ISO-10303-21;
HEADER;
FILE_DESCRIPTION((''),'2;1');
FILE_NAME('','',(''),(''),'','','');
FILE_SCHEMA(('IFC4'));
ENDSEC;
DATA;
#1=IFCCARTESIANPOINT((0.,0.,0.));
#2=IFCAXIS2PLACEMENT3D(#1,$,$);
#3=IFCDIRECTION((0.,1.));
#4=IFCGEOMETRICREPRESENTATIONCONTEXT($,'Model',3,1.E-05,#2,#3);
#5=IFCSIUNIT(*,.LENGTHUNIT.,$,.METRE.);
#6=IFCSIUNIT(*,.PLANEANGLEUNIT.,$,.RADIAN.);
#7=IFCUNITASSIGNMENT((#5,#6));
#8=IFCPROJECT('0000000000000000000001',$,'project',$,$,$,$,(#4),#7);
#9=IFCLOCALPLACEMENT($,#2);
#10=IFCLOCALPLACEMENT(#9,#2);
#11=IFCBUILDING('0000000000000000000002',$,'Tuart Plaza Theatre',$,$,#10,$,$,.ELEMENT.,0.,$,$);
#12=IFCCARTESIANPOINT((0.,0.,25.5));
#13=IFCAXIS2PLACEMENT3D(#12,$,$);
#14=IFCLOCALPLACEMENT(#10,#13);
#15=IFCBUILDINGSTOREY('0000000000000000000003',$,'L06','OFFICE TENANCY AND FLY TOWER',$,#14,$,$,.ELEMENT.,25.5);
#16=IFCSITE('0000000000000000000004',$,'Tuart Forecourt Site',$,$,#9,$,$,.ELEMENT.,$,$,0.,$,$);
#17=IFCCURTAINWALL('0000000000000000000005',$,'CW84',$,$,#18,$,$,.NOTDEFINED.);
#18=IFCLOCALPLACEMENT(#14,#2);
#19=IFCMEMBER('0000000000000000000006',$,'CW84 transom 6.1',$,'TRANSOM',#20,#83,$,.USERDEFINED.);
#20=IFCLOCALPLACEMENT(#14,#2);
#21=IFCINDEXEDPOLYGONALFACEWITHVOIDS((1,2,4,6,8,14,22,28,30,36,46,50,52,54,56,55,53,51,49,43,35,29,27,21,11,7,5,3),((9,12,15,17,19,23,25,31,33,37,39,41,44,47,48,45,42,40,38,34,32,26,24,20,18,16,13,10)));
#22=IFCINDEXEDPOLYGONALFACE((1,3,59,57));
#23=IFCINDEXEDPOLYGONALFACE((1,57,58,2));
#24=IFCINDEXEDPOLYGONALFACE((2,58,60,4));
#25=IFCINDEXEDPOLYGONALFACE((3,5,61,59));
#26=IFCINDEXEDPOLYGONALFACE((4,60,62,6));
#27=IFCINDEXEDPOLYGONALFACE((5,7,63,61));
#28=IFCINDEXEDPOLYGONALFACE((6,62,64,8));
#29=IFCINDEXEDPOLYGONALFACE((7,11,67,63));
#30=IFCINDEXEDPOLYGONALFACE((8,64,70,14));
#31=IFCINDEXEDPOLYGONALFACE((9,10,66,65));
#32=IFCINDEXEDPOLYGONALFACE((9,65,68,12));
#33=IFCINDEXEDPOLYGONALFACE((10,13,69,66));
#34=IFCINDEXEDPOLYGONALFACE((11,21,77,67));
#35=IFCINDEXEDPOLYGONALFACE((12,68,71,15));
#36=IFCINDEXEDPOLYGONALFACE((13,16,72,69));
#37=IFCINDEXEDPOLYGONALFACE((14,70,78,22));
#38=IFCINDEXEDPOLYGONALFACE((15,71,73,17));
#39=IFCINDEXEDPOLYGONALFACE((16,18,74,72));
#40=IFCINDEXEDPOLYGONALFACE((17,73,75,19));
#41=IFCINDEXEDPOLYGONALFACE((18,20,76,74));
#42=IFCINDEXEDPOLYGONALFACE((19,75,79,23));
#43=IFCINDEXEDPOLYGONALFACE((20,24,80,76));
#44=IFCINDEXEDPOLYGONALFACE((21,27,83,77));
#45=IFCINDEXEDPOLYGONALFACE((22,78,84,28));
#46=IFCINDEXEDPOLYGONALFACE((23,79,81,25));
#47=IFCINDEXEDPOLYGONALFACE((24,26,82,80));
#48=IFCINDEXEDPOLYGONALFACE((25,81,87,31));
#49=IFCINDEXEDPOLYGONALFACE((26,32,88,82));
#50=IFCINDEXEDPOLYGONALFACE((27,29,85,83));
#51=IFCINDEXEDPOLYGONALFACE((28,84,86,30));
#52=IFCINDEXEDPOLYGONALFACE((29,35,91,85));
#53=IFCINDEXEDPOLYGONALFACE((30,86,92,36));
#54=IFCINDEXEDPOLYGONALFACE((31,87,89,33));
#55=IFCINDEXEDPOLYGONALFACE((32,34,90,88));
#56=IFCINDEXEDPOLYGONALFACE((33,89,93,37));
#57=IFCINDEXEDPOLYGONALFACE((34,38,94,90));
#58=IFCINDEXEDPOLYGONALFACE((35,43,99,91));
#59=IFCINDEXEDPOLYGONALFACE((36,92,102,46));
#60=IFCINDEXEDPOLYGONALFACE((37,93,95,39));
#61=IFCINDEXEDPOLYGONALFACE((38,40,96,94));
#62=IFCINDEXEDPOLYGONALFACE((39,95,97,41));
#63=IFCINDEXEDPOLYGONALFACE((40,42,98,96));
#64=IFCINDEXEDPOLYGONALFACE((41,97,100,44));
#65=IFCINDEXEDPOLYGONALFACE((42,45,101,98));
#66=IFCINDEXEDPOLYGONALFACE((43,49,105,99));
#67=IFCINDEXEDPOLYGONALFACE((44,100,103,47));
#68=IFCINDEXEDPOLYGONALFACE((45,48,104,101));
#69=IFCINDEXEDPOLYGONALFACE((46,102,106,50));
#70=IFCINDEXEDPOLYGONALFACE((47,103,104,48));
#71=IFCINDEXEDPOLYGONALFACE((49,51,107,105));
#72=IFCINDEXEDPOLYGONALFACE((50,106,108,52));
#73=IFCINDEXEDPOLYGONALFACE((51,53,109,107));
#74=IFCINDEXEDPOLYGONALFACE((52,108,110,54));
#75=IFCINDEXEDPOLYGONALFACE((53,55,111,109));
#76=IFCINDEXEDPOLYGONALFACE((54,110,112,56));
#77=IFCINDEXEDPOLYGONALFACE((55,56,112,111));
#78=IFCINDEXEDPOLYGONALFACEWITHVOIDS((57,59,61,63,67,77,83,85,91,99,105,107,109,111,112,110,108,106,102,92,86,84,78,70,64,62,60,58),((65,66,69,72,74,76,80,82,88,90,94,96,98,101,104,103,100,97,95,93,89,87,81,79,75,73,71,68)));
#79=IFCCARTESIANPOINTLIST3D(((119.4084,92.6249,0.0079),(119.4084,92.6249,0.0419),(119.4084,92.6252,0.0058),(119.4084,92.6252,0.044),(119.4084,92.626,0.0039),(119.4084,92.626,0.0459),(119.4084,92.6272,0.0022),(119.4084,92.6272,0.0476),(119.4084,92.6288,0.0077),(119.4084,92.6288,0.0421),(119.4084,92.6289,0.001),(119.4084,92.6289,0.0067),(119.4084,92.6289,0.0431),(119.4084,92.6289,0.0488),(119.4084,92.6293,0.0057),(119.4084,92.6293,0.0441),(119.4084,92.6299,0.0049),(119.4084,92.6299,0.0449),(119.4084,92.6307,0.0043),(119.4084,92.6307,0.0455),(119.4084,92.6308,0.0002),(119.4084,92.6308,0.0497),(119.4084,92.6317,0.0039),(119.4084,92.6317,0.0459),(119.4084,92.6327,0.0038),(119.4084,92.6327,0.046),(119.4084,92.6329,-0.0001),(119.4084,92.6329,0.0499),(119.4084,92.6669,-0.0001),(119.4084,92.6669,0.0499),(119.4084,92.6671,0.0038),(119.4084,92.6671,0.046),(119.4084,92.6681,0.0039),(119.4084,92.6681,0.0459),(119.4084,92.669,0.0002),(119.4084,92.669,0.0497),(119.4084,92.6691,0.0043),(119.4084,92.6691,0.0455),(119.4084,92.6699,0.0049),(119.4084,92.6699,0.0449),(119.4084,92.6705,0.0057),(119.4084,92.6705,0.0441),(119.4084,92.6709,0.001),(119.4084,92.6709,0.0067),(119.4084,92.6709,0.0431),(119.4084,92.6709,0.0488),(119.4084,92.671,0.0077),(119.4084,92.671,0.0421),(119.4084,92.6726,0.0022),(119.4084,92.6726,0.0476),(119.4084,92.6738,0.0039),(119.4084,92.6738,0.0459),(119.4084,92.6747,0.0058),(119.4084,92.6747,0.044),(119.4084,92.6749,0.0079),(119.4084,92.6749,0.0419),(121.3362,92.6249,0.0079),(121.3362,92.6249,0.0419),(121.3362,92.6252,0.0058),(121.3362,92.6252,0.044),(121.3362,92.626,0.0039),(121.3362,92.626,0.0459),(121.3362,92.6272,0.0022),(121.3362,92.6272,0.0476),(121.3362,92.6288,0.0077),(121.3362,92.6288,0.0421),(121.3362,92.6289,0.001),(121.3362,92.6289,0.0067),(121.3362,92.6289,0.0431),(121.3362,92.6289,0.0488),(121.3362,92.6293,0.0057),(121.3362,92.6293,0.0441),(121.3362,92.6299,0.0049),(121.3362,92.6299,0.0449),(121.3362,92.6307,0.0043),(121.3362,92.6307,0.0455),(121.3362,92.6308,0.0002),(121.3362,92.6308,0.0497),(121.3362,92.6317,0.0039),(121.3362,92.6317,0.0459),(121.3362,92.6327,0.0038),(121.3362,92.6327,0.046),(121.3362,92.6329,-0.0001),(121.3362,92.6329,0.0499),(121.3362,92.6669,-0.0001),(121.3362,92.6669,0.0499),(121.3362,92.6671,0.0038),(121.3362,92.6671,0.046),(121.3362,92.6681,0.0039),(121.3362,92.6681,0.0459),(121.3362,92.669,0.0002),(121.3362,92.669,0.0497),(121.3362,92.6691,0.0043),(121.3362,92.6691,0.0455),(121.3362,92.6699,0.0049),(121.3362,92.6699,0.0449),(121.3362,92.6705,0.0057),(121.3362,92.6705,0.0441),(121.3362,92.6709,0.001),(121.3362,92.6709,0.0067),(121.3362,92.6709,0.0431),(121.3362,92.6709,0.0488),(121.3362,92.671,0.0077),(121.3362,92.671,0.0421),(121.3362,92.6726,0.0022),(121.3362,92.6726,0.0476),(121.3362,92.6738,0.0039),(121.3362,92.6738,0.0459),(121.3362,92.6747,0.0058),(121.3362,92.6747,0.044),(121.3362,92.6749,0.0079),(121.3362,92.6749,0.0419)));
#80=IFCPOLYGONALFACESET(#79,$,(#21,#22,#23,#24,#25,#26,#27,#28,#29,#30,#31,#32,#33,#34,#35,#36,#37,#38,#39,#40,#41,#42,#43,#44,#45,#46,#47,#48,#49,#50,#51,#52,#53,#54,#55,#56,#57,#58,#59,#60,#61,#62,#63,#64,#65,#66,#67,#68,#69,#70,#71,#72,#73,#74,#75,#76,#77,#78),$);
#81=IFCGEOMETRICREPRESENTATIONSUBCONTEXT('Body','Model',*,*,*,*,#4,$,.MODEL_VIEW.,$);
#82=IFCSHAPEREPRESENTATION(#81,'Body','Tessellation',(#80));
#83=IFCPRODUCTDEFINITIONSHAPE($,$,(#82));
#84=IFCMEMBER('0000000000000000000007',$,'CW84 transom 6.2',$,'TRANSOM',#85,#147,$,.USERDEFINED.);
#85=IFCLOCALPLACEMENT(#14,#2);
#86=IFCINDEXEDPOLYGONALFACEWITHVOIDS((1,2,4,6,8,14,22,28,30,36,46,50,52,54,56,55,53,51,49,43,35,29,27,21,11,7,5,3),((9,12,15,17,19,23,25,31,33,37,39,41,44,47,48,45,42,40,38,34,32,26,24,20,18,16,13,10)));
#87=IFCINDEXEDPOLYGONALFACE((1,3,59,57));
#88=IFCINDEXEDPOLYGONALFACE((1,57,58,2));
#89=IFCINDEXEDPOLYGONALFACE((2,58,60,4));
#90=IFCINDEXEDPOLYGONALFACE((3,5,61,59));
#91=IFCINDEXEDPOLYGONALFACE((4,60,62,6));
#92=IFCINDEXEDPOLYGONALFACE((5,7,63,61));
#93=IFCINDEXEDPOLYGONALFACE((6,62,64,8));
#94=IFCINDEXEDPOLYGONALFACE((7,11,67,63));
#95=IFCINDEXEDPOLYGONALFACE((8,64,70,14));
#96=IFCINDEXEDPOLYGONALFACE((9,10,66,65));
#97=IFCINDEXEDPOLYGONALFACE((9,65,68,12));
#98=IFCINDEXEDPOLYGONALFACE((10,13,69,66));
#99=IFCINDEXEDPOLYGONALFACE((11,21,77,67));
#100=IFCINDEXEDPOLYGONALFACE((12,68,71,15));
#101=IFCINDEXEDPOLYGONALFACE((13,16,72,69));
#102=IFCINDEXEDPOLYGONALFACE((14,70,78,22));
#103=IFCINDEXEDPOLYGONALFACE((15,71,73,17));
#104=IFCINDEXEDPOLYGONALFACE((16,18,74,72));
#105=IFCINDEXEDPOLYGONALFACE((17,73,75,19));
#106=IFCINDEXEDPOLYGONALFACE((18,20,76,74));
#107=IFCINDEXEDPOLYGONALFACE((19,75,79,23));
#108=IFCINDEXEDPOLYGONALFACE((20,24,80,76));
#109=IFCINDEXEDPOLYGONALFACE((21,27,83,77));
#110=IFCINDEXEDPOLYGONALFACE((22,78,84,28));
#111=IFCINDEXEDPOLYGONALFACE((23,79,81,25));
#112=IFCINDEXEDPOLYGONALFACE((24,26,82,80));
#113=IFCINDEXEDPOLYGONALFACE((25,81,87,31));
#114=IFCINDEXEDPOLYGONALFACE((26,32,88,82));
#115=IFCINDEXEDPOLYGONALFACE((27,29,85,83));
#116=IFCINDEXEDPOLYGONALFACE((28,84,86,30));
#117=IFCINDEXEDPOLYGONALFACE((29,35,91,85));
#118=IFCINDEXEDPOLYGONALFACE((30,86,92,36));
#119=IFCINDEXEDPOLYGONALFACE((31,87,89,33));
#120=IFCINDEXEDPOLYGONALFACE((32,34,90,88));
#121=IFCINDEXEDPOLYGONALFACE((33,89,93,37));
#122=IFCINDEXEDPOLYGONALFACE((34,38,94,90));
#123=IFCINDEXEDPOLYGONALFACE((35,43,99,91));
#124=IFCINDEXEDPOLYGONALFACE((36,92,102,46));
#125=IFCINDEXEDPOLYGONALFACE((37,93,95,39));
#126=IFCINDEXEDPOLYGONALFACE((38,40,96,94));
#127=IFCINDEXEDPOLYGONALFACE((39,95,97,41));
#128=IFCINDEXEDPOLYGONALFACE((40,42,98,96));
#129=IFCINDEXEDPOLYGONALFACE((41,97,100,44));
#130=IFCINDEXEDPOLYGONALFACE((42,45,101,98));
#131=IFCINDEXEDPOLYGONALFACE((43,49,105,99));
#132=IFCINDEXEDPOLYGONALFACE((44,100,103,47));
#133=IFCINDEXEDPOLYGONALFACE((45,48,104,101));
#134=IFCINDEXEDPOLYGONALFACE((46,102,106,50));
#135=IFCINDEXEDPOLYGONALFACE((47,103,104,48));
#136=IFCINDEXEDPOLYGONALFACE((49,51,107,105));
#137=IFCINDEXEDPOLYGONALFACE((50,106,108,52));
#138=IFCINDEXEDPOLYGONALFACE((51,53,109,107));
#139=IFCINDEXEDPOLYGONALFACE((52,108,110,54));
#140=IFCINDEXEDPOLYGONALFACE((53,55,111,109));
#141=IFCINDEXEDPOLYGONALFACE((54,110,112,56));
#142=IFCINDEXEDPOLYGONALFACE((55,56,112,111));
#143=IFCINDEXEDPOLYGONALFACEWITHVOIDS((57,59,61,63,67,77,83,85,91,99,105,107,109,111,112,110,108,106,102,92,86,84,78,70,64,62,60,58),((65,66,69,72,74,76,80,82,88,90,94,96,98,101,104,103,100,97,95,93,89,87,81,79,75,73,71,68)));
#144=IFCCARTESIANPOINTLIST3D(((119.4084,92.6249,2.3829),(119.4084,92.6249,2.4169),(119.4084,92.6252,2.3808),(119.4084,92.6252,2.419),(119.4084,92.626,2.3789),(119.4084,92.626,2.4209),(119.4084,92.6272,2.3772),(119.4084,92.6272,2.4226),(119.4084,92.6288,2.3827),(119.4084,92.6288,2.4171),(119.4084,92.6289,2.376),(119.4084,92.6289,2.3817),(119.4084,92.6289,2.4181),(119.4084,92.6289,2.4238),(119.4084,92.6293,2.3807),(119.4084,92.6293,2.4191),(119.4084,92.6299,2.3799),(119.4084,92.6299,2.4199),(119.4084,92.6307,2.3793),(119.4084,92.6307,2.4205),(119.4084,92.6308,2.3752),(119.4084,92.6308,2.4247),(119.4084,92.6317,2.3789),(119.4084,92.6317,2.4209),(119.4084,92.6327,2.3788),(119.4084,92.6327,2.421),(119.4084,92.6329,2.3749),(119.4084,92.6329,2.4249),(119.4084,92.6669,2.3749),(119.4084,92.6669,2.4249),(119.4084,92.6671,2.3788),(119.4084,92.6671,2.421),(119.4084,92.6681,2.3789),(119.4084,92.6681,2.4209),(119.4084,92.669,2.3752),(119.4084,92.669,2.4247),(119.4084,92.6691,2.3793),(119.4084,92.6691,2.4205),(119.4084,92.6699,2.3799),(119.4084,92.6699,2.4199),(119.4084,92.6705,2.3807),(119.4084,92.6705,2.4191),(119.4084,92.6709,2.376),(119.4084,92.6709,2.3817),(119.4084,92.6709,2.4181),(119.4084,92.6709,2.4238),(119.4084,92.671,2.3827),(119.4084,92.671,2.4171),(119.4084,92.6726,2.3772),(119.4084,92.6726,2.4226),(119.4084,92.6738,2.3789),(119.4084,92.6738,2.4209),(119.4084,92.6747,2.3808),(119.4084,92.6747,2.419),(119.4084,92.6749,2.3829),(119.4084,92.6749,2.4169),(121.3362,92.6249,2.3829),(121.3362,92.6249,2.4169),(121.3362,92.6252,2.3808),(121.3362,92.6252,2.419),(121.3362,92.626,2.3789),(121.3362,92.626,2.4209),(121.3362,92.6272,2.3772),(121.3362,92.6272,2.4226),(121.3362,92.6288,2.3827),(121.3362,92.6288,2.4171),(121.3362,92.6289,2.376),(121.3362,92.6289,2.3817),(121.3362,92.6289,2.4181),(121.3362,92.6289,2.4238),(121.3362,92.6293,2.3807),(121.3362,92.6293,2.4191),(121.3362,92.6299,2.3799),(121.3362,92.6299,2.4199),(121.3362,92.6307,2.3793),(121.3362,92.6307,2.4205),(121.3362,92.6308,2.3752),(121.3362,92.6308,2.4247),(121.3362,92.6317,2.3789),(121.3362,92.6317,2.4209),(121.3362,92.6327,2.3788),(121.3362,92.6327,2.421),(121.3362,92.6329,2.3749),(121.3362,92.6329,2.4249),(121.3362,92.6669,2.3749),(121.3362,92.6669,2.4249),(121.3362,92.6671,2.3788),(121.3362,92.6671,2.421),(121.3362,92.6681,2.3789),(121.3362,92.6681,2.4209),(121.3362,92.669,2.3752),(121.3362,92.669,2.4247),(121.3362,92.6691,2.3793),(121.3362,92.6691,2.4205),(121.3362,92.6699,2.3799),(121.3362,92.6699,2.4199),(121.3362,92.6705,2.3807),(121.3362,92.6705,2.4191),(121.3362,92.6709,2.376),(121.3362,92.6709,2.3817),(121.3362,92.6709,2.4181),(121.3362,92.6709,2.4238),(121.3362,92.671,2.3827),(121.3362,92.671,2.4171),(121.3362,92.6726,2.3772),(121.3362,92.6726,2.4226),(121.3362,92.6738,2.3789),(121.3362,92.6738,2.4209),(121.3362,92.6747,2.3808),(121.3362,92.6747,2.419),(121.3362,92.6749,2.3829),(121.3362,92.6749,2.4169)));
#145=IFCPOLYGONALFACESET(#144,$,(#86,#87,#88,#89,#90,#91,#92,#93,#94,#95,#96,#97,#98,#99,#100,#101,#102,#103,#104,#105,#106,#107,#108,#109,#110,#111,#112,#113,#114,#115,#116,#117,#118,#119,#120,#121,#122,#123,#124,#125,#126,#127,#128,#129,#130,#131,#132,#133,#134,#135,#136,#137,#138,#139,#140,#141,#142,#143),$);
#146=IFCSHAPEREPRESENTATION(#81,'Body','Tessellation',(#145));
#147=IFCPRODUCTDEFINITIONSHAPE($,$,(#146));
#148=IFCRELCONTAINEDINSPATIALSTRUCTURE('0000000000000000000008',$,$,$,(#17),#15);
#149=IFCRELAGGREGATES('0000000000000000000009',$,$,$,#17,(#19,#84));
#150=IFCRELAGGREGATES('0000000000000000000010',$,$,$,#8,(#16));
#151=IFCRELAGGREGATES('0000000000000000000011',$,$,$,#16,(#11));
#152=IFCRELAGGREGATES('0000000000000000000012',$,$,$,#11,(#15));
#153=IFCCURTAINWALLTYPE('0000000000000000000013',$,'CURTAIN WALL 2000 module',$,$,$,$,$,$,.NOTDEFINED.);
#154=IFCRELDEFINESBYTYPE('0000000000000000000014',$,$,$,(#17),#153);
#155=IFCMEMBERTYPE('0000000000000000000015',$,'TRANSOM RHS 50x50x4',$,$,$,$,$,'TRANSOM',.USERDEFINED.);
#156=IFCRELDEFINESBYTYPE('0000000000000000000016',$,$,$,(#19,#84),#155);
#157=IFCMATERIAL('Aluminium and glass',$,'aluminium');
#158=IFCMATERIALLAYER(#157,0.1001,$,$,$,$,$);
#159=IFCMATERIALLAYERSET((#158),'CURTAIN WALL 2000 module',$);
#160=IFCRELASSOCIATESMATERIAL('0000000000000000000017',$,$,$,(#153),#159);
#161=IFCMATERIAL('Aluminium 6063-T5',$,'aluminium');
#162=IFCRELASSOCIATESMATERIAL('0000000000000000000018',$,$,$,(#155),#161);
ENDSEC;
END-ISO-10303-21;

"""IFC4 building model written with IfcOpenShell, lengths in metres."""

from ifc_helpers import new_model, si_unit, direction, frame, origin, origin_2d, place, context, subcontext, project, spatial, hollow_rectangle, extrude, material, layer, layer_set, material_profile, profile_set, type_object, element, aggregate, save


model = new_model("IFC4")

# Units and contexts
model_context = context("Model", 3, precision=1e-05, world=origin(), true_north=direction((0.0, 1.0)))
body_context = subcontext(model_context, "Body", "Model", "MODEL_VIEW")
ifc_project = project(units=[si_unit("LENGTHUNIT", "METRE"), si_unit("PLANEANGLEUNIT", "RADIAN")], contexts=[model_context])

# Site, building, storey
site_placement = place(None, origin())
site = spatial("IfcSite", under=ifc_project, at=site_placement, Name="Tuart Forecourt Site", CompositionType="ELEMENT", RefElevation=0.0)
building_placement = place(site_placement, origin())
building = spatial("IfcBuilding", under=site, at=building_placement, Name="Tuart Plaza Theatre", CompositionType="ELEMENT", ElevationOfRefHeight=0.0)
storey_placement = place(building_placement, frame((0.0, 0.0, 25.5)))
storey = spatial("IfcBuildingStorey", under=building, at=storey_placement, Name="L06", Description="OFFICE TENANCY AND FLY TOWER", CompositionType="ELEMENT", Elevation=25.5)

# Curtain wall, members
ifc_material_1 = material(Name="Aluminium and glass", Category="aluminium")
ifc_layer_1 = layer(ifc_material_1, 0.1001)
ifc_layer_set_1 = layer_set([ifc_layer_1], Name="CURTAIN WALL 2000 module")
curtain_wall_type = type_object("IfcCurtainWallType", Name="CURTAIN WALL 2000 module", PredefinedType="NOTDEFINED", material=ifc_layer_set_1)
curtain_wall_placement = place(storey_placement, origin())
curtain_wall = element("IfcCurtainWall", 1, at=curtain_wall_placement, inside=storey, type_object=curtain_wall_type, Name="CW84", PredefinedType="NOTDEFINED")
ifc_material_2 = material(Name="Aluminium 6063-T5", Category="aluminium")
ifc_material_profile_1 = material_profile(ifc_material_2, hollow_rectangle(XDim=0.05, YDim=0.05, WallThickness=0.0039, InnerFilletRadius=0.0039, OuterFilletRadius=0.0081, at=origin_2d()), Name="RHS 50x50x4")
ifc_profile_set_1 = profile_set([ifc_material_profile_1], Name="Aluminium 6063-T5")
member_type_1 = type_object("IfcMemberType", Name="TRANSOM RHS 50x50x4", ElementType="TRANSOM", PredefinedType="USERDEFINED", material=ifc_profile_set_1)
member_1_placement = place(storey_placement, frame((121.3362, 92.6499, 0.0249), z_axis=(-1.0, 0.0, 0.0), x_axis=(0.0, -1.0, 0.0)))
member_1 = element("IfcMember", 2, at=member_1_placement, type_object=member_type_1, Name="CW84 transom 6.1", ObjectType="TRANSOM", PredefinedType="USERDEFINED", context=body_context, shape_type="SweptSolid", body=[
    extrude(hollow_rectangle(XDim=0.05, YDim=0.05, WallThickness=0.0039, InnerFilletRadius=0.0039, OuterFilletRadius=0.0081, at=origin_2d()), origin(), (0.0, 0.0, 1.0), 1.9277),
])
member_2_placement = place(storey_placement, frame((121.3362, 92.6499, 2.3999), z_axis=(-1.0, 0.0, 0.0), x_axis=(0.0, -1.0, 0.0)))
member_2 = element("IfcMember", 3, at=member_2_placement, type_object=member_type_1, Name="CW84 transom 6.2", ObjectType="TRANSOM", PredefinedType="USERDEFINED", context=body_context, shape_type="SweptSolid", body=[
    extrude(hollow_rectangle(XDim=0.05, YDim=0.05, WallThickness=0.0039, InnerFilletRadius=0.0039, OuterFilletRadius=0.0081, at=origin_2d()), origin(), (0.0, 0.0, 1.0), 1.9277),
])
aggregate(curtain_wall, [member_1, member_2])

save(model, "model.ifc")
